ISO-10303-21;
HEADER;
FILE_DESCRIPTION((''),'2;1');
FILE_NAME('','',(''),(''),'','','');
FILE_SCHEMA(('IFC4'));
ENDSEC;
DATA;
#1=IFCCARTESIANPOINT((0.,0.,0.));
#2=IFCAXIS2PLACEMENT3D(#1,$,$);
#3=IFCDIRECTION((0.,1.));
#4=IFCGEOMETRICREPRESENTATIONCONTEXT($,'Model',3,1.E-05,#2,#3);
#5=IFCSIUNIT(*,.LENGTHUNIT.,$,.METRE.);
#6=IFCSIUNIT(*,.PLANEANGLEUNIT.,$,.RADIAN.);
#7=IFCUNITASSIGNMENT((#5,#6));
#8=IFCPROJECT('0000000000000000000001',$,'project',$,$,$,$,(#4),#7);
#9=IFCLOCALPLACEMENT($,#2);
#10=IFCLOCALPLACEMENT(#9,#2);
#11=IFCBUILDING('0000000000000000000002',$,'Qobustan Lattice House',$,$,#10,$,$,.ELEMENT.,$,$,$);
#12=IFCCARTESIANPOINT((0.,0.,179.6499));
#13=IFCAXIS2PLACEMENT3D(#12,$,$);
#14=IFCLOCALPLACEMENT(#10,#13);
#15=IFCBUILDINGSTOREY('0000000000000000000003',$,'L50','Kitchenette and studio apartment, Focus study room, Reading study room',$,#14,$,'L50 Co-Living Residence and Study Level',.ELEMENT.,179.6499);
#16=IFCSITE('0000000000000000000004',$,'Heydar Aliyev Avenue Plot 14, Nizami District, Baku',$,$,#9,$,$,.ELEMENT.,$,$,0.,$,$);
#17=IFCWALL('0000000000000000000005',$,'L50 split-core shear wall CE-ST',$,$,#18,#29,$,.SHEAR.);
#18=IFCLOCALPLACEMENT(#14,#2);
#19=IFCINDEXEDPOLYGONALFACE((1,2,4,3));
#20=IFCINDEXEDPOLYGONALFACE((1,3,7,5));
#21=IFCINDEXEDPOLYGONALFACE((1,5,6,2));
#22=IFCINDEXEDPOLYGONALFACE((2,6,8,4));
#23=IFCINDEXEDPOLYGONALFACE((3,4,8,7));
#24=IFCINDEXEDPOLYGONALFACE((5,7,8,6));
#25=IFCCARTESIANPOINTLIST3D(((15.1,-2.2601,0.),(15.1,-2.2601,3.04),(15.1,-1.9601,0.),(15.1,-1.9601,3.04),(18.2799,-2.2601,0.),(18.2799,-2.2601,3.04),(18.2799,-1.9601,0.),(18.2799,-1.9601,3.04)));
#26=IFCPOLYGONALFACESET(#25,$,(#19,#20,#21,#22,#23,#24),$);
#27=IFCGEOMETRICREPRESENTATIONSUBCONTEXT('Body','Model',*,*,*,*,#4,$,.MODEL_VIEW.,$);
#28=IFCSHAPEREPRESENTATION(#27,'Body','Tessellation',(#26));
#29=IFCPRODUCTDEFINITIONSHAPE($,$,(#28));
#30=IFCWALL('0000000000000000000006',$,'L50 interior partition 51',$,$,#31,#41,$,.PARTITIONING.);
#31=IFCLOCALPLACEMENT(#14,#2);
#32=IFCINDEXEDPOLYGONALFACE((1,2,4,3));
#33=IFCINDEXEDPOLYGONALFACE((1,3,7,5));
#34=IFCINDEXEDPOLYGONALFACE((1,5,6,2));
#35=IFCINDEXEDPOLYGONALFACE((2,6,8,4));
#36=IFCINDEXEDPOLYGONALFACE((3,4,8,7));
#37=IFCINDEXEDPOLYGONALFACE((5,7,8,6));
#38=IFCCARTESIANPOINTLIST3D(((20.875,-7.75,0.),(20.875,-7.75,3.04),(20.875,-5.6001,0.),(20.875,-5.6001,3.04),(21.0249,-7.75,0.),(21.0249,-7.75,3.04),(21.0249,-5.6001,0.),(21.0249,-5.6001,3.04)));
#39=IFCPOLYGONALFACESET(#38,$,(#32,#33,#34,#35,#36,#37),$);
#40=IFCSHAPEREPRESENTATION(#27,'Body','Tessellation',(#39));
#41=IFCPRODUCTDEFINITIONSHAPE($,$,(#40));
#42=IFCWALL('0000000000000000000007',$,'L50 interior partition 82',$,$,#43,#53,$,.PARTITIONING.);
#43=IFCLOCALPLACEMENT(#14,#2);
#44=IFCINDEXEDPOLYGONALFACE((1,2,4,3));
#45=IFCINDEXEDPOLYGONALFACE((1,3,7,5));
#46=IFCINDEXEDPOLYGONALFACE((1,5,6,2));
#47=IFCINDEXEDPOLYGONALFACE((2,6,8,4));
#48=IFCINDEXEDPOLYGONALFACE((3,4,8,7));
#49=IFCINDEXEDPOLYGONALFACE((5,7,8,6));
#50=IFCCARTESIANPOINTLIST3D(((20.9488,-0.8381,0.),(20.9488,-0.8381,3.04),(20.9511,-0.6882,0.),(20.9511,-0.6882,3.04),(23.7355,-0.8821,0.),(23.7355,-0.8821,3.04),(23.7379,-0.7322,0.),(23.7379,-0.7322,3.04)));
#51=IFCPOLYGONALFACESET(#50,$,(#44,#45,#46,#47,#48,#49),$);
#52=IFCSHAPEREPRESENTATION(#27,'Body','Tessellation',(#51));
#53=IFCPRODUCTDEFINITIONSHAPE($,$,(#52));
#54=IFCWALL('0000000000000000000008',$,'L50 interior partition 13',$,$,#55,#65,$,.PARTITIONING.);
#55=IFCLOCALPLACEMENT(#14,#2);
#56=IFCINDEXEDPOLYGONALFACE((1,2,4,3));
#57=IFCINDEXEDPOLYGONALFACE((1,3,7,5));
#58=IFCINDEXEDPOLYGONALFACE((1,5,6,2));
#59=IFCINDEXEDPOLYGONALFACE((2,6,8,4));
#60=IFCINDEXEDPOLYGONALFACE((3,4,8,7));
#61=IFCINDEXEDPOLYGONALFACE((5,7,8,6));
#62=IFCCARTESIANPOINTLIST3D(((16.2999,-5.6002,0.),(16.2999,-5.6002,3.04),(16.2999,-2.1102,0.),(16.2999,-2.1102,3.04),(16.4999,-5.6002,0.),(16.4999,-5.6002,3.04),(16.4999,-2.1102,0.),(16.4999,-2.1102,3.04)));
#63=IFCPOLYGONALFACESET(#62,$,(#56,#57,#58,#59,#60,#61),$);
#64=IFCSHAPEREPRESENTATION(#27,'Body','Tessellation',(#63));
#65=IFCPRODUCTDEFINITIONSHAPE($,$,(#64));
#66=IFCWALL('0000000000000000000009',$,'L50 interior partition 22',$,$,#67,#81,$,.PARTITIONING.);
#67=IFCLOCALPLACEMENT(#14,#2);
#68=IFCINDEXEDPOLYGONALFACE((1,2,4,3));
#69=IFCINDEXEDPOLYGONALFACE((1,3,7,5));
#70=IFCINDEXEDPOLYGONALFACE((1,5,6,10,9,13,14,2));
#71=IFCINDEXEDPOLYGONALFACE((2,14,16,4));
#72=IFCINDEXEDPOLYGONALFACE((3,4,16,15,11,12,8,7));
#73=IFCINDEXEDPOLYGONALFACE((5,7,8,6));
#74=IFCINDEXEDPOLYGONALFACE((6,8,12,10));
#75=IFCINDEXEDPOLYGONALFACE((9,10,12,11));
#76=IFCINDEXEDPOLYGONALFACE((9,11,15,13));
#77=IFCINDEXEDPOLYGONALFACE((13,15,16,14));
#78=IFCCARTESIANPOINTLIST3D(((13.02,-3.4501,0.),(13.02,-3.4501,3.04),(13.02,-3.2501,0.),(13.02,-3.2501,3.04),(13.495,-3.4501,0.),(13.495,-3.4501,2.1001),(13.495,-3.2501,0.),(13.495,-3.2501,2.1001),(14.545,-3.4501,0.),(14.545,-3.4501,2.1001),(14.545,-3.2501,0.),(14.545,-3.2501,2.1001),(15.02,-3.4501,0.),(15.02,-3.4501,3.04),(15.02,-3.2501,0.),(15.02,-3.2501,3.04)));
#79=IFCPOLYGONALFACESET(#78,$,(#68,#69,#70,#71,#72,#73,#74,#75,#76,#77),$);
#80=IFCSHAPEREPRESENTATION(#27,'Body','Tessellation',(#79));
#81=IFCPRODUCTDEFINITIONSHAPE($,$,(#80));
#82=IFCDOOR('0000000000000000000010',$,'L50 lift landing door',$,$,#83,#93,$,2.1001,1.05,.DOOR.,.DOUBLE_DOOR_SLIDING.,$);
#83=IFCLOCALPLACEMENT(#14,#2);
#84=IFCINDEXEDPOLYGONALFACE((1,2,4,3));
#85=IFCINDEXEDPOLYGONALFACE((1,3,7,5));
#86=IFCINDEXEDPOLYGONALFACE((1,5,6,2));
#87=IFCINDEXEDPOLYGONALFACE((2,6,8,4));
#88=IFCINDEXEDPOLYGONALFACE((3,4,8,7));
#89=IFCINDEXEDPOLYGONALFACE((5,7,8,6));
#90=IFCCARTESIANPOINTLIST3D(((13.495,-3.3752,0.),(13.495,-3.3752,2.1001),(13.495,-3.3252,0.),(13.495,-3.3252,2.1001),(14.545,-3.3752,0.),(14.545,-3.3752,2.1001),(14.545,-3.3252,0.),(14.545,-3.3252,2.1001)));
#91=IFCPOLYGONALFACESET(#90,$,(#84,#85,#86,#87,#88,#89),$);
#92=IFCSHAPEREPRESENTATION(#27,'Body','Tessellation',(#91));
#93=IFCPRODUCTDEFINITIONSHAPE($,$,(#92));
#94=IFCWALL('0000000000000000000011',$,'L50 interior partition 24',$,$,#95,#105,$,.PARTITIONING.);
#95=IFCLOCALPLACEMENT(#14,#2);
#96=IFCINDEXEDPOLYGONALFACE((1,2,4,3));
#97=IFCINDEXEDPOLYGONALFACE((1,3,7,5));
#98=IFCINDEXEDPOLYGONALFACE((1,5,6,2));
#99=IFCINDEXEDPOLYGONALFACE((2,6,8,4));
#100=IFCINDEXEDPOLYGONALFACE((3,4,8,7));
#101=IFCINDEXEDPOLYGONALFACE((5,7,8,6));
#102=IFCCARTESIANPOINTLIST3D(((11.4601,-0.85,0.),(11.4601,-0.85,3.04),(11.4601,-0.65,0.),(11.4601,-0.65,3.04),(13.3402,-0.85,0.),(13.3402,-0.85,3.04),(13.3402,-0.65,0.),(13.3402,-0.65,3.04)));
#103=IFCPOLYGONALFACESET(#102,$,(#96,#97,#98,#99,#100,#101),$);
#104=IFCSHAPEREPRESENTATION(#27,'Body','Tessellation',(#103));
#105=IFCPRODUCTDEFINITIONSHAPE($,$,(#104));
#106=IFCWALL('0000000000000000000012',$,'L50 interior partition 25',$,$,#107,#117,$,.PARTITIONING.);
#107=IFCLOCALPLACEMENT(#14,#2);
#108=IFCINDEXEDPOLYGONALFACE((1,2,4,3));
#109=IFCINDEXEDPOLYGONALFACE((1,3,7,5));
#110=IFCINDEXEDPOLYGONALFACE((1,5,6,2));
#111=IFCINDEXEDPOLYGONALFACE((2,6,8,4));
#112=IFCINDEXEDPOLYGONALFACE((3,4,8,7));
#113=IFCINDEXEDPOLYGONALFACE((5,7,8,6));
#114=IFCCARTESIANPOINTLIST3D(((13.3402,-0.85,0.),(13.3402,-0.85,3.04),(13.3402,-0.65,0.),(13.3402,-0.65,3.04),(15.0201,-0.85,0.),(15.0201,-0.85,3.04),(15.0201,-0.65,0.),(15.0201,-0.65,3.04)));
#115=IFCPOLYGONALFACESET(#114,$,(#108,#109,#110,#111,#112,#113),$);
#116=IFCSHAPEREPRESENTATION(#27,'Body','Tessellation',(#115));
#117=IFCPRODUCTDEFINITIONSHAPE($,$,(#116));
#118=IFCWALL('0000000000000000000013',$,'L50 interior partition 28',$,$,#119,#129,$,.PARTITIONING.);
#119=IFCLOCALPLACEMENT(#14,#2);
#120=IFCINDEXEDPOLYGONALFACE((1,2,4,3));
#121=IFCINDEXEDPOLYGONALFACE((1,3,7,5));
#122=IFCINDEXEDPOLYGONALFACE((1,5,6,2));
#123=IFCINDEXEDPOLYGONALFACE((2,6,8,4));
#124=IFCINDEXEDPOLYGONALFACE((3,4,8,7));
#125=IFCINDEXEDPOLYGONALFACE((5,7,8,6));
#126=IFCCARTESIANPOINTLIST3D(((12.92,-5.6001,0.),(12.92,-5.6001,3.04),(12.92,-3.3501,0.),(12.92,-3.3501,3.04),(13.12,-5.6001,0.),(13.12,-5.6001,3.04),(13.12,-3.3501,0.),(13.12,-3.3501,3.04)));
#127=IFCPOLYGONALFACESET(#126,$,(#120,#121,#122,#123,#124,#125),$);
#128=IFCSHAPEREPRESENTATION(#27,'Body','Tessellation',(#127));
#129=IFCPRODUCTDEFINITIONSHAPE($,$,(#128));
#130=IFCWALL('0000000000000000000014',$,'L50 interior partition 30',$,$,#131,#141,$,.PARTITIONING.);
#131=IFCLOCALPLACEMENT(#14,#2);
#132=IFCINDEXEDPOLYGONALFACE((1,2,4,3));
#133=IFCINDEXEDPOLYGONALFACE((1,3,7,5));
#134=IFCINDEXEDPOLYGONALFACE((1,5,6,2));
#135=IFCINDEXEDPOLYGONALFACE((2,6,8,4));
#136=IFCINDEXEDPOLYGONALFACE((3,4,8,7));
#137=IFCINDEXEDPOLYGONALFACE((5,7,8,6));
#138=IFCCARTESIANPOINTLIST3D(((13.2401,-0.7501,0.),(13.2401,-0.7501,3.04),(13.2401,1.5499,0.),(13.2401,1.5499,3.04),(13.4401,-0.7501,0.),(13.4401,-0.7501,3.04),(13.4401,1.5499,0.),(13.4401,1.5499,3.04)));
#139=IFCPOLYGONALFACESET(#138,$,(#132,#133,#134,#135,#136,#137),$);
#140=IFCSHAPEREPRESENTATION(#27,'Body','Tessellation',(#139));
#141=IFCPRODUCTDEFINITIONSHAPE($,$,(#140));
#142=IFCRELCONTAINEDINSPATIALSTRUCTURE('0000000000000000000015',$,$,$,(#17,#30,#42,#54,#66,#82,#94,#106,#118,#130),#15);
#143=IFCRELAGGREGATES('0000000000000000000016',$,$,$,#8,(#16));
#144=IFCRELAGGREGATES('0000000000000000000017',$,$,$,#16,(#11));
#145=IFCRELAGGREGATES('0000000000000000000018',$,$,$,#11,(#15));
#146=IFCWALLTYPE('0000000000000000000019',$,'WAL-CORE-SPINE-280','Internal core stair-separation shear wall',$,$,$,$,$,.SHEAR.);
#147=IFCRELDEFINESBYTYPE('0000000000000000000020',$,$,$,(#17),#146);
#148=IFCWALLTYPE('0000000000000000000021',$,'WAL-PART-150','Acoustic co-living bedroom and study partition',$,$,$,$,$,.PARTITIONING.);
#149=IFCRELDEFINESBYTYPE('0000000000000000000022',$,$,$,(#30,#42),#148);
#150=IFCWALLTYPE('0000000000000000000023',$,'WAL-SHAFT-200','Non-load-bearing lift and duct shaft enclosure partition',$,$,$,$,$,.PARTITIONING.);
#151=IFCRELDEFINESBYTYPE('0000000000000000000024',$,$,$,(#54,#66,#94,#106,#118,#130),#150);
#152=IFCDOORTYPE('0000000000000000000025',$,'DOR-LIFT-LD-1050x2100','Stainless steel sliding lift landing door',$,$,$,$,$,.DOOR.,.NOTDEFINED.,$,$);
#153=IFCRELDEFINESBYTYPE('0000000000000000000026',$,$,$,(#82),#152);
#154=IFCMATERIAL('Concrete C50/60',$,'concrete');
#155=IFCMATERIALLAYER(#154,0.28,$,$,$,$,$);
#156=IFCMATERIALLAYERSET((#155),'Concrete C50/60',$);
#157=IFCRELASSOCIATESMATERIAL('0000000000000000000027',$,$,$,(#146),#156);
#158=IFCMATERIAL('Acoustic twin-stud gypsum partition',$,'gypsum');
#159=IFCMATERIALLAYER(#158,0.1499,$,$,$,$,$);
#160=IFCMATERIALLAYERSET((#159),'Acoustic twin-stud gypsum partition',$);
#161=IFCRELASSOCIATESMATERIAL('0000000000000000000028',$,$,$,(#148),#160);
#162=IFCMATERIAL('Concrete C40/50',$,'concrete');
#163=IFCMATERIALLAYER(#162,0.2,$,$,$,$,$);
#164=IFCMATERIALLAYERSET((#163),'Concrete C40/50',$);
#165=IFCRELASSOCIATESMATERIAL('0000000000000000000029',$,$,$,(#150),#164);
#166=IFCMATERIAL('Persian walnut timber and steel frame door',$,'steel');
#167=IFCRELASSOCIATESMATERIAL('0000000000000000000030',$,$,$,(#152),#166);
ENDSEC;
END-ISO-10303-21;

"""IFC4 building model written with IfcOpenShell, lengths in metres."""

from ifc_helpers import new_model, si_unit, direction, frame, frame_2d, origin, place, context, subcontext, project, spatial, rectangle, extrude, material, layer, layer_set, type_object, element, fill, save


model = new_model("IFC4")

# Units and contexts
model_context = context("Model", 3, precision=1e-05, world=origin(), true_north=direction((0.0, 1.0)))
body_context = subcontext(model_context, "Body", "Model", "MODEL_VIEW")
ifc_project = project(units=[si_unit("LENGTHUNIT", "METRE"), si_unit("PLANEANGLEUNIT", "RADIAN")], contexts=[model_context])

# Site, building, storey
site_placement = place(None, origin())
site = spatial("IfcSite", under=ifc_project, at=site_placement, Name="Heydar Aliyev Avenue Plot 14, Nizami District, Baku", CompositionType="ELEMENT", RefElevation=0.0)
building_placement = place(site_placement, origin())
building = spatial("IfcBuilding", under=site, at=building_placement, Name="Qobustan Lattice House", CompositionType="ELEMENT")
storey_placement = place(building_placement, frame((0.0, 0.0, 179.6499)))
storey = spatial("IfcBuildingStorey", under=building, at=storey_placement, Name="L50", Description="Kitchenette and studio apartment, Focus study room, Reading study room", LongName="L50 Co-Living Residence and Study Level", CompositionType="ELEMENT", Elevation=179.6499)

# Walls
ifc_material_1 = material(Name="Concrete C50/60", Category="concrete")
ifc_layer_1 = layer(ifc_material_1, 0.28)
ifc_layer_set_1 = layer_set([ifc_layer_1], Name="Concrete C50/60")
wall_type_1 = type_object("IfcWallType", Name="WAL-CORE-SPINE-280", Description="Internal core stair-separation shear wall", PredefinedType="SHEAR", material=ifc_layer_set_1)
wall_1_placement = place(storey_placement, frame((15.1001, -2.1101, 0.0), z_axis=(0.0, 0.0, 1.0), x_axis=(1.0, 0.0, 0.0)))
element("IfcWall", 1, at=wall_1_placement, inside=storey, type_object=wall_type_1, Name="L50 split-core shear wall CE-ST", PredefinedType="SHEAR", context=body_context, shape_type="SweptSolid", body=[
    extrude(rectangle(XDim=3.1799, YDim=0.3, at=frame_2d((1.5898, 0.0))), origin(), (0.0, 0.0, 1.0), 3.04),
])
ifc_material_2 = material(Name="Acoustic twin-stud gypsum partition", Category="gypsum")
ifc_layer_2 = layer(ifc_material_2, 0.1499)
ifc_layer_set_2 = layer_set([ifc_layer_2], Name="Acoustic twin-stud gypsum partition")
wall_type_2 = type_object("IfcWallType", Name="WAL-PART-150", Description="Acoustic co-living bedroom and study partition", PredefinedType="PARTITIONING", material=ifc_layer_set_2)
wall_2_placement = place(storey_placement, frame((20.95, -5.6001, 0.0), z_axis=(0.0, 0.0, 1.0), x_axis=(0.0, -1.0, 0.0)))
element("IfcWall", 2, at=wall_2_placement, inside=storey, type_object=wall_type_2, Name="L50 interior partition 51", PredefinedType="PARTITIONING", context=body_context, shape_type="SweptSolid", body=[
    extrude(rectangle(XDim=2.1499, YDim=0.1499, at=frame_2d((1.075, 0.0))), origin(), (0.0, 0.0, 1.0), 3.04),
])

# Walls
wall_3_placement = place(storey_placement, frame((20.95, -0.7632, 0.0), z_axis=(0.0, 0.0, 1.0), x_axis=(0.999876, -0.015767, 0.0)))
element("IfcWall", 3, at=wall_3_placement, inside=storey, type_object=wall_type_2, Name="L50 interior partition 82", PredefinedType="PARTITIONING", context=body_context, shape_type="SweptSolid", body=[
    extrude(rectangle(XDim=2.7871, YDim=0.1499, at=frame_2d((1.3936, 0.0))), origin(), (0.0, 0.0, 1.0), 3.04),
])
ifc_material_3 = material(Name="Concrete C40/50", Category="concrete")
ifc_layer_3 = layer(ifc_material_3, 0.2)
ifc_layer_set_3 = layer_set([ifc_layer_3], Name="Concrete C40/50")
wall_type_3 = type_object("IfcWallType", Name="WAL-SHAFT-200", Description="Non-load-bearing lift and duct shaft enclosure partition", PredefinedType="PARTITIONING", material=ifc_layer_set_3)
wall_4_placement = place(storey_placement, frame((16.3999, -2.1101, 0.0), z_axis=(0.0, 0.0, 1.0), x_axis=(0.0, -1.0, 0.0)))
element("IfcWall", 4, at=wall_4_placement, inside=storey, type_object=wall_type_3, Name="L50 interior partition 13", PredefinedType="PARTITIONING", context=body_context, shape_type="SweptSolid", body=[
    extrude(rectangle(XDim=3.49, YDim=0.2, at=frame_2d((1.7451, 0.0))), origin(), (0.0, 0.0, 1.0), 3.04),
])

# Wall, opening, door
wall_5_placement = place(storey_placement, frame((13.02, -3.3501, 0.0), z_axis=(0.0, 0.0, 1.0), x_axis=(1.0, 0.0, 0.0)))
wall_5 = element("IfcWall", 5, at=wall_5_placement, inside=storey, type_object=wall_type_3, Name="L50 interior partition 22", PredefinedType="PARTITIONING", context=body_context, shape_type="SweptSolid", body=[
    extrude(rectangle(XDim=2.0, YDim=0.2, at=frame_2d((1.0, 0.0))), origin(), (0.0, 0.0, 1.0), 3.04),
])
opening_1_placement = place(wall_5_placement, frame((0.4751, 0.0, 0.0)))
opening_1 = element("IfcOpeningElement", 6, at=opening_1_placement, cuts=wall_5, PredefinedType="OPENING", context=body_context, shape_type="SweptSolid", body=[
    extrude(rectangle(XDim=1.05, YDim=2.1001, at=frame_2d((0.5249, 1.05))), frame((0.0, 0.1099, 0.0), z_axis=(0.0, -1.0, 0.0), x_axis=(1.0, 0.0, 0.0)), (0.0, 0.0, 1.0), 0.22),
])
ifc_material_4 = material(Name="Persian walnut timber and steel frame door", Category="steel")
door_type_1 = type_object("IfcDoorType", Name="DOR-LIFT-LD-1050x2100", Description="Stainless steel sliding lift landing door", OperationType="NOTDEFINED", PredefinedType="DOOR", material=ifc_material_4)
door_1_placement = place(opening_1_placement, origin())
door_1 = element("IfcDoor", 7, at=door_1_placement, inside=storey, type_object=door_type_1, Name="L50 lift landing door", OperationType="DOUBLE_DOOR_SLIDING", OverallHeight=2.1001, OverallWidth=1.05, PredefinedType="DOOR", context=body_context, shape_type="SweptSolid", body=[
    extrude(rectangle(XDim=1.05, YDim=2.1001, at=frame_2d((0.5249, 1.05))), frame((0.0, 0.0249, 0.0), z_axis=(0.0, -1.0, 0.0), x_axis=(1.0, 0.0, 0.0)), (0.0, 0.0, 1.0), 0.05),
])
fill(opening_1, door_1)

# Walls
wall_6_placement = place(storey_placement, frame((13.3401, -0.75, 0.0), z_axis=(0.0, 0.0, 1.0), x_axis=(-1.0, 0.0, 0.0)))
element("IfcWall", 8, at=wall_6_placement, inside=storey, type_object=wall_type_3, Name="L50 interior partition 24", PredefinedType="PARTITIONING", context=body_context, shape_type="SweptSolid", body=[
    extrude(rectangle(XDim=1.8801, YDim=0.2, at=frame_2d((0.9399, 0.0))), origin(), (0.0, 0.0, 1.0), 3.04),
])
wall_7_placement = place(storey_placement, frame((15.02, -0.75, 0.0), z_axis=(0.0, 0.0, 1.0), x_axis=(-1.0, 0.0, 0.0)))
element("IfcWall", 9, at=wall_7_placement, inside=storey, type_object=wall_type_3, Name="L50 interior partition 25", PredefinedType="PARTITIONING", context=body_context, shape_type="SweptSolid", body=[
    extrude(rectangle(XDim=1.6799, YDim=0.2, at=frame_2d((0.8398, 0.0))), origin(), (0.0, 0.0, 1.0), 3.04),
])
wall_8_placement = place(storey_placement, frame((13.02, -5.6001, 0.0), z_axis=(0.0, 0.0, 1.0), x_axis=(0.0, 1.0, 0.0)))
element("IfcWall", 10, at=wall_8_placement, inside=storey, type_object=wall_type_3, Name="L50 interior partition 28", PredefinedType="PARTITIONING", context=body_context, shape_type="SweptSolid", body=[
    extrude(rectangle(XDim=2.25, YDim=0.2, at=frame_2d((1.125, 0.0))), origin(), (0.0, 0.0, 1.0), 3.04),
])
wall_9_placement = place(storey_placement, frame((13.3401, -0.75, 0.0), z_axis=(0.0, 0.0, 1.0), x_axis=(0.0, 1.0, 0.0)))
element("IfcWall", 11, at=wall_9_placement, inside=storey, type_object=wall_type_3, Name="L50 interior partition 30", PredefinedType="PARTITIONING", context=body_context, shape_type="SweptSolid", body=[
    extrude(rectangle(XDim=2.3, YDim=0.2, at=frame_2d((1.1499, 0.0))), origin(), (0.0, 0.0, 1.0), 3.04),
])

save(model, "model.ifc")
